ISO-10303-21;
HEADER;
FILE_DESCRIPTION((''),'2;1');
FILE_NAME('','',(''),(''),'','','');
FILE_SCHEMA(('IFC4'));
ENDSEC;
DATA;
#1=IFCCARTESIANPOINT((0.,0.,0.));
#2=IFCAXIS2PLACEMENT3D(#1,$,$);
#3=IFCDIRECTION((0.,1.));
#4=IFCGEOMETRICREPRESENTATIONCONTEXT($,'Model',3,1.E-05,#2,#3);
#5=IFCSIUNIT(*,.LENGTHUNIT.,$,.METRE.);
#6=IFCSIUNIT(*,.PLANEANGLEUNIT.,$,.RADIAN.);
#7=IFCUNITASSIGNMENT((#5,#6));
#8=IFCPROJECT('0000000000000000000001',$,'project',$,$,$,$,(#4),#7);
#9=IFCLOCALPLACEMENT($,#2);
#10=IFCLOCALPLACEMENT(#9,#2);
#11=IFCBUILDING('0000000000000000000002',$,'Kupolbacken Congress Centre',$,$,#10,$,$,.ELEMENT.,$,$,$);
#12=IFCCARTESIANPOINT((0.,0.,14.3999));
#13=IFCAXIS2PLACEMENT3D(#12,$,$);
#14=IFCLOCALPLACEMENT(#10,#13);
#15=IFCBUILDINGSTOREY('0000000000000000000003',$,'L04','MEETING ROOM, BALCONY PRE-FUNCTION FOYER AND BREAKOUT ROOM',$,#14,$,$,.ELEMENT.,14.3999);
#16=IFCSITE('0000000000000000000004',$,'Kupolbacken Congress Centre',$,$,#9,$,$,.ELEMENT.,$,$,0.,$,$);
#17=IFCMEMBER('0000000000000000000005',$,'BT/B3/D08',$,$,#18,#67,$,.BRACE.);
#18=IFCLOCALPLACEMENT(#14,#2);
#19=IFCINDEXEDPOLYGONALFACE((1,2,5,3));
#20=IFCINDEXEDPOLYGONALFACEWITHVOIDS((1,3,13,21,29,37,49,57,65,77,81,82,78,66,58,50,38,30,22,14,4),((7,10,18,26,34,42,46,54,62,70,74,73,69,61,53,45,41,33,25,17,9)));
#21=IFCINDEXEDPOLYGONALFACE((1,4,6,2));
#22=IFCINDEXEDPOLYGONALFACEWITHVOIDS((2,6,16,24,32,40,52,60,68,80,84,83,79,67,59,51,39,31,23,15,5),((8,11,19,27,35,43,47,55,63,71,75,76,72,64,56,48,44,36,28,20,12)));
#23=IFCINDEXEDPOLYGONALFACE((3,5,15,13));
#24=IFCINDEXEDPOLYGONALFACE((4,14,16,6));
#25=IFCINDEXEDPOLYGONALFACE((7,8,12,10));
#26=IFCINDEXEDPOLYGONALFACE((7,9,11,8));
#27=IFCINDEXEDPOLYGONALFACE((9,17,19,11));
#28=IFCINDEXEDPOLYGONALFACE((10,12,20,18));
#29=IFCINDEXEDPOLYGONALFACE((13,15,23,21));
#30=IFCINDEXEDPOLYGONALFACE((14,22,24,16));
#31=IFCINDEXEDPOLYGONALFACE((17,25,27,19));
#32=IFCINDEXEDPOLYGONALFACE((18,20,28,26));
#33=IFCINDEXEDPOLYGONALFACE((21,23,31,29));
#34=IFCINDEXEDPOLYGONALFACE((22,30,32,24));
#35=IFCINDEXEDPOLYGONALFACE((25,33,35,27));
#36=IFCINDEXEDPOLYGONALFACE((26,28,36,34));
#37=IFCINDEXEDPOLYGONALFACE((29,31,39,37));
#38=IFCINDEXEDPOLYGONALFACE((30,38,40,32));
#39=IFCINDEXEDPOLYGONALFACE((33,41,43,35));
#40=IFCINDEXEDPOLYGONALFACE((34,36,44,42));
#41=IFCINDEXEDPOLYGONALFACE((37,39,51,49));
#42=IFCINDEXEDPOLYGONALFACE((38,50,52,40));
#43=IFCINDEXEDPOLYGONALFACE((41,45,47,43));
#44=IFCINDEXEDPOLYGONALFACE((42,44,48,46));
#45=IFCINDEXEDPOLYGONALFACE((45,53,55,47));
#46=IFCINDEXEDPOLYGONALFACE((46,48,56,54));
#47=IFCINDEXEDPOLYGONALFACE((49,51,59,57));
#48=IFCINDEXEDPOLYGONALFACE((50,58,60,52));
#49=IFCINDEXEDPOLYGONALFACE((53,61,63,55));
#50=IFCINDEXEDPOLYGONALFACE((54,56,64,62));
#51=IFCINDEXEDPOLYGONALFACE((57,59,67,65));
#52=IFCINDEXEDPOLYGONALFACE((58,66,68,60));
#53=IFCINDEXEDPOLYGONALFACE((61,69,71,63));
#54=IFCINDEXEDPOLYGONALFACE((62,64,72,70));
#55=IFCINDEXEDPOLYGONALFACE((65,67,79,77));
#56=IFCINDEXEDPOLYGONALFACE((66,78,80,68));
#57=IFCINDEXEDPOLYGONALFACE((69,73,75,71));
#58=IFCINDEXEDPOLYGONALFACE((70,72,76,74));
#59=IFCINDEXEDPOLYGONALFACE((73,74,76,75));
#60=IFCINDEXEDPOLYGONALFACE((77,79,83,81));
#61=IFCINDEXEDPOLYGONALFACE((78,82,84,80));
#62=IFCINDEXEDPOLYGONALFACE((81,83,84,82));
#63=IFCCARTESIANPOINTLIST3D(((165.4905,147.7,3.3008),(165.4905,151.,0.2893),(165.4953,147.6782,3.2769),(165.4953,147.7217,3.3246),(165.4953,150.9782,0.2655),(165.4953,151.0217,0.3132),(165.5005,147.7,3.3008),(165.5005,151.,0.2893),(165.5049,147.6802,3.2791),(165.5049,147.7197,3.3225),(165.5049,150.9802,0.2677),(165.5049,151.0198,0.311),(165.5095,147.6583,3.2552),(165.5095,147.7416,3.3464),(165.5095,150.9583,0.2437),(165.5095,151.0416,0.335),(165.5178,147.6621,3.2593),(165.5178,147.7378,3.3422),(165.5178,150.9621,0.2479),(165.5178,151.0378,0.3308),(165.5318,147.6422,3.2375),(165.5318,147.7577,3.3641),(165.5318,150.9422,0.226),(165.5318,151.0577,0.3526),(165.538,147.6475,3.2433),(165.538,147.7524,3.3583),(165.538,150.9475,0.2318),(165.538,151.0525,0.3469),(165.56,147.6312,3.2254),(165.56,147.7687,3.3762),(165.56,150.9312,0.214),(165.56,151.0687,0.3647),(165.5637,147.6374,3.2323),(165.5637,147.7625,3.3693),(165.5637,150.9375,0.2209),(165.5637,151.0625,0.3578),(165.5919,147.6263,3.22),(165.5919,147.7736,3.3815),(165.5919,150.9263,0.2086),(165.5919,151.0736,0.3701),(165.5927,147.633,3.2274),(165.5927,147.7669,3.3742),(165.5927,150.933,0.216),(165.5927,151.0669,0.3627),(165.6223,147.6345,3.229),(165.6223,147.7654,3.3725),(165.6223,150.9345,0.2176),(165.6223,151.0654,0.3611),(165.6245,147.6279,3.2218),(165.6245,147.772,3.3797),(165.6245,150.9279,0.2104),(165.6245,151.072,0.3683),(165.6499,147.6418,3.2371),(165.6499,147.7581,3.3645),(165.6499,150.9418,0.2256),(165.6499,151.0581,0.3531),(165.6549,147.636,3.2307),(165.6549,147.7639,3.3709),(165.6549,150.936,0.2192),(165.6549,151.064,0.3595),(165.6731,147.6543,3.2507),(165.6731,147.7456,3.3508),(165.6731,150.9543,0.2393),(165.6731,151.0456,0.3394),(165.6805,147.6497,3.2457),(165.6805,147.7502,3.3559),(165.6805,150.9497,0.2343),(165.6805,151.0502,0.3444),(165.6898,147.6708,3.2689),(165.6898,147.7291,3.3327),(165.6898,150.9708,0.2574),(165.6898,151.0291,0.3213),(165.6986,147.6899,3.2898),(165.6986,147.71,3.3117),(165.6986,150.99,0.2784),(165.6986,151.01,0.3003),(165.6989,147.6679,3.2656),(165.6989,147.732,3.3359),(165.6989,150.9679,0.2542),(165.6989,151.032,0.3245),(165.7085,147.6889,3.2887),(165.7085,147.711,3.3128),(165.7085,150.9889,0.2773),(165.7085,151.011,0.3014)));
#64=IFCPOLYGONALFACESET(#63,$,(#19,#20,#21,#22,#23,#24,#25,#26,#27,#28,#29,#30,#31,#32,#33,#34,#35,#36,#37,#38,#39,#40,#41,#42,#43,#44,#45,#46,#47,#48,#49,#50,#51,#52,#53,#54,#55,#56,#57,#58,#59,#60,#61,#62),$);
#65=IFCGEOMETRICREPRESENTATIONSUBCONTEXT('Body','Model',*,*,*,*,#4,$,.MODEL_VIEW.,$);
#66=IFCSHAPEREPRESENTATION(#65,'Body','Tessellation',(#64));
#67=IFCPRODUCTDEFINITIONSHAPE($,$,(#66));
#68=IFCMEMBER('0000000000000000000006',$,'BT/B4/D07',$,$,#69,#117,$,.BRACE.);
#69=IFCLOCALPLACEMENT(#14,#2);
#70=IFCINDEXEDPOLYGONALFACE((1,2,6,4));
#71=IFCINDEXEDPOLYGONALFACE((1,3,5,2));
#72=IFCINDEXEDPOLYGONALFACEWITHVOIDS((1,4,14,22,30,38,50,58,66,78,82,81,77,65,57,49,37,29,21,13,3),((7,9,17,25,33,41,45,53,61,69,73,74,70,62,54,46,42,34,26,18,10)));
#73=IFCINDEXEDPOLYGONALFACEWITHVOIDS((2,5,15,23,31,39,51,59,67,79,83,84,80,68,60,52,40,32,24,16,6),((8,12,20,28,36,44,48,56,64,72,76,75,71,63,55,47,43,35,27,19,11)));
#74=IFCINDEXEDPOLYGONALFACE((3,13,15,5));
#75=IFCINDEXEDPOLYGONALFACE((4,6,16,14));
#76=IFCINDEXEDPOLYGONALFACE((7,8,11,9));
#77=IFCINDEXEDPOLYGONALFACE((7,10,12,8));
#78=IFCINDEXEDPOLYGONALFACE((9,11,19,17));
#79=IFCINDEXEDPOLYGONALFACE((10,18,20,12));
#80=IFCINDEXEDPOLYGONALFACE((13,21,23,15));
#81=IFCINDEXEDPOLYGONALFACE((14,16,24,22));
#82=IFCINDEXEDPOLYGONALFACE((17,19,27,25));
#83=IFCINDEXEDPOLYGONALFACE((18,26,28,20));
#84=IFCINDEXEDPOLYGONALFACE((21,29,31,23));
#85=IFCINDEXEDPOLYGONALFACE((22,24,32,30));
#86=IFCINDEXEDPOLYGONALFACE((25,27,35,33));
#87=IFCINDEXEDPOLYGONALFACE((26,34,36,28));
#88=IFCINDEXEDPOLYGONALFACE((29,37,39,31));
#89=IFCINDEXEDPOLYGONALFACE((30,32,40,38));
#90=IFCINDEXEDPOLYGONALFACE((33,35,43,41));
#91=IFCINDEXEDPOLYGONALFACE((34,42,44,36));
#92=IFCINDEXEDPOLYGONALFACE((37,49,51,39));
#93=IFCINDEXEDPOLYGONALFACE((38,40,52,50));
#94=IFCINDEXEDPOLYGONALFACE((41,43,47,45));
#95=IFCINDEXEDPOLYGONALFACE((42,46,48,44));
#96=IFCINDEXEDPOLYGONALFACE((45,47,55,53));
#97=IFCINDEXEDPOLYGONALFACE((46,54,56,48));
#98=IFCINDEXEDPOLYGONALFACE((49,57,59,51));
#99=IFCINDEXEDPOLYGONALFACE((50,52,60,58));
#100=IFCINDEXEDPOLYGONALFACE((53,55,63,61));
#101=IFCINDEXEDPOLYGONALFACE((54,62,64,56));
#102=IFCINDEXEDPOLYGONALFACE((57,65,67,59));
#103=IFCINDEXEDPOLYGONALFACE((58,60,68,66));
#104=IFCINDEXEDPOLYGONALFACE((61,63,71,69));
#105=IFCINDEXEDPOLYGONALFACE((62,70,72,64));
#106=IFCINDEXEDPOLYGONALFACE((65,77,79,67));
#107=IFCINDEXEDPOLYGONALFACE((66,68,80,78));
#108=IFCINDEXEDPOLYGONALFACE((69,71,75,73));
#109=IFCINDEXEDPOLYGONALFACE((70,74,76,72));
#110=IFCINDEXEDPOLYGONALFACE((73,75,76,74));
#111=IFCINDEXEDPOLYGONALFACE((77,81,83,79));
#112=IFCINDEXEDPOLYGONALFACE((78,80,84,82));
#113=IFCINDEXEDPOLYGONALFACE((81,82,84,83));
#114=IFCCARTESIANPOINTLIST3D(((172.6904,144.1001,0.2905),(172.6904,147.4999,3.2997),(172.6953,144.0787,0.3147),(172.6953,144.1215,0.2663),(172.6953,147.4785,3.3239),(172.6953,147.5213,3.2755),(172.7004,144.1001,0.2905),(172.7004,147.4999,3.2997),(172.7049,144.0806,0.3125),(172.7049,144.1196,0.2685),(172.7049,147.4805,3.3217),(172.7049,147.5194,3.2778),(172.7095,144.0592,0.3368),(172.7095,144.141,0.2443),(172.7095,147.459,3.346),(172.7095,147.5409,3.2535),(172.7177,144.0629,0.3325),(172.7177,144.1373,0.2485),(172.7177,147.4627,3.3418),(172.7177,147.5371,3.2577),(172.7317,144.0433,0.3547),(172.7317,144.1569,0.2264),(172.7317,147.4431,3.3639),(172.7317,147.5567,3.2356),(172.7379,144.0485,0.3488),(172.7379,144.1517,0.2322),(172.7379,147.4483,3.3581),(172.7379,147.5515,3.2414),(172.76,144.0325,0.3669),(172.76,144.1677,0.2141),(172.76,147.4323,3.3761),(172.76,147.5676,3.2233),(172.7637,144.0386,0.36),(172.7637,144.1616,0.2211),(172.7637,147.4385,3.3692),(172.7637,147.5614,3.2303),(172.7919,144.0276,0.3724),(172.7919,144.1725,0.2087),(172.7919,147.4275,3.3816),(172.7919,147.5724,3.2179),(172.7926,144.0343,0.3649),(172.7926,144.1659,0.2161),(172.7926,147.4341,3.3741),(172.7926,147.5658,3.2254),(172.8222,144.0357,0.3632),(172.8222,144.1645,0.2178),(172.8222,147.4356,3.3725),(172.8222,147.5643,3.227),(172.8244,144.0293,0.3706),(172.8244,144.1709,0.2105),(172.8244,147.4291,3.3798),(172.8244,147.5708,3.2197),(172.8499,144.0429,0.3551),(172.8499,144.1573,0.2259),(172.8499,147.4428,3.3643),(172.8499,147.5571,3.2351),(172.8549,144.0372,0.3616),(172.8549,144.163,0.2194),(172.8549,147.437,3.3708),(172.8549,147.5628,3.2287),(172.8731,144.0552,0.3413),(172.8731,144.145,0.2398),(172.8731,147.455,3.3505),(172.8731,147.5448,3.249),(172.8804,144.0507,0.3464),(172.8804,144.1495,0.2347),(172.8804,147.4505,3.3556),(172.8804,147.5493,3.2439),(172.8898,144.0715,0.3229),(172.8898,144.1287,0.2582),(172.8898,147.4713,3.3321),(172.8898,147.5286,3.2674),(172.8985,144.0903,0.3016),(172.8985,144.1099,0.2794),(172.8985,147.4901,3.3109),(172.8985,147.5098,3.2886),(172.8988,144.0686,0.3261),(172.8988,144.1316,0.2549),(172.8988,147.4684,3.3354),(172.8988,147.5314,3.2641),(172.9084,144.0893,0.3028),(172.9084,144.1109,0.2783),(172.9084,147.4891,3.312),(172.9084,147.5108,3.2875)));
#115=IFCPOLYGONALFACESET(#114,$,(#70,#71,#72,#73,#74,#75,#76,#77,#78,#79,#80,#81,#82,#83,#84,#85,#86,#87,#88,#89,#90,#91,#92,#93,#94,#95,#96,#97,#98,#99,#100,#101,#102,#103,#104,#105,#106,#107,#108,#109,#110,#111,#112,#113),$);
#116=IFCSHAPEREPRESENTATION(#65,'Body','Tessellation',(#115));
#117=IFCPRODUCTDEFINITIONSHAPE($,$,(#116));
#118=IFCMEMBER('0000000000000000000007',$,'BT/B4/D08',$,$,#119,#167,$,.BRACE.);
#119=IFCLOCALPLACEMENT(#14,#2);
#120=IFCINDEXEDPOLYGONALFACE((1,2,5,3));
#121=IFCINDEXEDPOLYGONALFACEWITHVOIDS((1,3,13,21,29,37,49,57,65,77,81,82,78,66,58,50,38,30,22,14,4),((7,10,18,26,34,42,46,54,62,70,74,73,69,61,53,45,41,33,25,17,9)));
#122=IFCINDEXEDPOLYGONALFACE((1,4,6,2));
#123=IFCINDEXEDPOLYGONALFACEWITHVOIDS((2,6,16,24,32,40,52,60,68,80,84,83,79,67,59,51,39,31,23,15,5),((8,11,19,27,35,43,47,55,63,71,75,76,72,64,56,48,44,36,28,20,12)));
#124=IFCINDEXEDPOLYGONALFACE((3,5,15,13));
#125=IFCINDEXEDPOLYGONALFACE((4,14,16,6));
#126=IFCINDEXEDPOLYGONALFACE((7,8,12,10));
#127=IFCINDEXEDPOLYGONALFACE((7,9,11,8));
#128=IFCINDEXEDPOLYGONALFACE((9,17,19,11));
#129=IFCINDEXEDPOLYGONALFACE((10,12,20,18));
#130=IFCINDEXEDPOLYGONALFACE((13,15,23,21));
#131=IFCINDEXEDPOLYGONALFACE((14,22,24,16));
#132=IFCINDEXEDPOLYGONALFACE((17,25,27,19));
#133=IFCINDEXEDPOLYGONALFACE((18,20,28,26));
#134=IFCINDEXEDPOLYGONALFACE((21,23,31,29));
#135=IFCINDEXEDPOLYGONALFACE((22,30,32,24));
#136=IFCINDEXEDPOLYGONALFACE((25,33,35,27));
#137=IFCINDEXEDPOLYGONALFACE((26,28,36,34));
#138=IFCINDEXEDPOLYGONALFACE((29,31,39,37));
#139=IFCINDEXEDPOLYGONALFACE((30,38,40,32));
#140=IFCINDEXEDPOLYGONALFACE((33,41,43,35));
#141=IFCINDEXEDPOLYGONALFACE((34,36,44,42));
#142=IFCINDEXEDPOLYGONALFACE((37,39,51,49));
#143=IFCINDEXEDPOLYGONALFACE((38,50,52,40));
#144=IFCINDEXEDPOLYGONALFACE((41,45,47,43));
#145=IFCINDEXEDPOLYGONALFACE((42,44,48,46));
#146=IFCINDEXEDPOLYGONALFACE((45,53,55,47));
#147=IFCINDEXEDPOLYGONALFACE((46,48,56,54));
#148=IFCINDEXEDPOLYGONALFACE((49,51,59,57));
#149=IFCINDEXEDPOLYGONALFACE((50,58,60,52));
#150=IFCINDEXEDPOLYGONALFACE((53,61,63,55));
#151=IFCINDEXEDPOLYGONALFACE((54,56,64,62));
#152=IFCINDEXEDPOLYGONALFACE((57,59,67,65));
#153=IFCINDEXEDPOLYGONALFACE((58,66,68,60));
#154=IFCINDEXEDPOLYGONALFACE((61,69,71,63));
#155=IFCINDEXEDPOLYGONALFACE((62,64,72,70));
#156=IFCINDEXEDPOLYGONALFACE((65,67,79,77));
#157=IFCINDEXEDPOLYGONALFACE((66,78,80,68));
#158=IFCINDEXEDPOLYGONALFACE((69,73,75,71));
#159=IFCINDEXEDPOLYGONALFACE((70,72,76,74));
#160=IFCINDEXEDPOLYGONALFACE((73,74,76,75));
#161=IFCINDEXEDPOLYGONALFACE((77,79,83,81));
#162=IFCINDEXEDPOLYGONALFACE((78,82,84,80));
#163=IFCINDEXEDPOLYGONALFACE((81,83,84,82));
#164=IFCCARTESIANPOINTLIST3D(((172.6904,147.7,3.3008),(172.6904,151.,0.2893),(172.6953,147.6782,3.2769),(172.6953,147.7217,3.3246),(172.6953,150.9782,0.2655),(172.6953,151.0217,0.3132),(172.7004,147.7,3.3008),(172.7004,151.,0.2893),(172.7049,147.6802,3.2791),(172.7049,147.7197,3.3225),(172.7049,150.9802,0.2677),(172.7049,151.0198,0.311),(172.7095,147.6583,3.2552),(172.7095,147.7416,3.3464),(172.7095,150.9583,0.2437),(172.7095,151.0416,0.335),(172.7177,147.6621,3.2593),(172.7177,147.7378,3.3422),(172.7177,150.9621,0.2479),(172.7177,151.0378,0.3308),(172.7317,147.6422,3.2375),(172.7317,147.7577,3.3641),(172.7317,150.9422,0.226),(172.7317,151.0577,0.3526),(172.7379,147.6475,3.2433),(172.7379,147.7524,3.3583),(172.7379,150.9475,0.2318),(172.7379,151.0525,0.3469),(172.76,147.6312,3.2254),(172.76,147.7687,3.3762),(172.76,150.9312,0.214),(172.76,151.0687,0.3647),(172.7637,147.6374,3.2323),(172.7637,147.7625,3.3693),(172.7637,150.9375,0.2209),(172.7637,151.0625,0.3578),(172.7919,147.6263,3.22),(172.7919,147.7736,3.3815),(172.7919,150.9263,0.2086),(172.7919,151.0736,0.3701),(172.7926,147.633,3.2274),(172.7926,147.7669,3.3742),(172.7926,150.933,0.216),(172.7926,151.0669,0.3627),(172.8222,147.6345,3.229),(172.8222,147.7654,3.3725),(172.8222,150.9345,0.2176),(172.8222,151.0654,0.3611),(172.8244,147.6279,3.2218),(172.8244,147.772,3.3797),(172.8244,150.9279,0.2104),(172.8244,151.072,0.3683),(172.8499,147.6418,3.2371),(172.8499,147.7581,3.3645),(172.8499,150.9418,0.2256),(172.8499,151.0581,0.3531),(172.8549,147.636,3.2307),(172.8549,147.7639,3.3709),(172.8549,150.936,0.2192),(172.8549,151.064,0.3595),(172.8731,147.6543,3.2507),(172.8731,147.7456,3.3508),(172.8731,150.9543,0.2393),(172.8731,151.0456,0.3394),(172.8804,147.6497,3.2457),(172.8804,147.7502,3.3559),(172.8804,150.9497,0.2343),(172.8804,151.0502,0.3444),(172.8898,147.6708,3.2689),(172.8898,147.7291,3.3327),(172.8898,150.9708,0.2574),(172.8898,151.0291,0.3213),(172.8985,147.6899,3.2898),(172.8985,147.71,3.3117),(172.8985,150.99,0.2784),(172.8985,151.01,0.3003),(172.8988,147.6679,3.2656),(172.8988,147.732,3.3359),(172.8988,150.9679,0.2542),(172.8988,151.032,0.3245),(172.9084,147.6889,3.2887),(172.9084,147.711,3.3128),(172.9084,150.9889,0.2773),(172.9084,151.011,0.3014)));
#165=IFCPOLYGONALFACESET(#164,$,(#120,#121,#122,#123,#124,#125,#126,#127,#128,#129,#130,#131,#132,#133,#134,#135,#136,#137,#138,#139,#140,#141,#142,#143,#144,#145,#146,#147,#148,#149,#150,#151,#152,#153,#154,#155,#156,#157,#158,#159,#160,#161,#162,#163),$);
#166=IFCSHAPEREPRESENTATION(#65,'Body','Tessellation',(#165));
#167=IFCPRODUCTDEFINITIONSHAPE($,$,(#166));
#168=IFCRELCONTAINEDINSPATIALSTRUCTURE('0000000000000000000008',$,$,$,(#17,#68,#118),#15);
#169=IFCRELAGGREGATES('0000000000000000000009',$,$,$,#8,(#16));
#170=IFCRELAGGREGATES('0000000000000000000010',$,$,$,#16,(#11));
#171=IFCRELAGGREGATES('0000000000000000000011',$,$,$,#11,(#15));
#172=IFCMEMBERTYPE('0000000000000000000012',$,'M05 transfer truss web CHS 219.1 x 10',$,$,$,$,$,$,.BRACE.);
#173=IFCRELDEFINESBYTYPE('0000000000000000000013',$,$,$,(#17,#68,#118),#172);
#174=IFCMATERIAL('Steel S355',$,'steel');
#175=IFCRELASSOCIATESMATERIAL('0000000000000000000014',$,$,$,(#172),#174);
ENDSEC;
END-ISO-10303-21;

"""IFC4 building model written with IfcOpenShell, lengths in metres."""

from ifc_helpers import new_model, si_unit, direction, frame, origin, origin_2d, place, context, subcontext, project, spatial, hollow_circle, extrude, material, material_profile, profile_set, type_object, element, save


model = new_model("IFC4")

# Units and contexts
model_context = context("Model", 3, precision=1e-05, world=origin(), true_north=direction((0.0, 1.0)))
body_context = subcontext(model_context, "Body", "Model", "MODEL_VIEW")
ifc_project = project(units=[si_unit("LENGTHUNIT", "METRE"), si_unit("PLANEANGLEUNIT", "RADIAN")], contexts=[model_context])

# Site, building, storey
site_placement = place(None, origin())
site = spatial("IfcSite", under=ifc_project, at=site_placement, Name="Kupolbacken Congress Centre", CompositionType="ELEMENT", RefElevation=0.0)
building_placement = place(site_placement, origin())
building = spatial("IfcBuilding", under=site, at=building_placement, Name="Kupolbacken Congress Centre", CompositionType="ELEMENT")
storey_placement = place(building_placement, frame((0.0, 0.0, 14.3999)))
storey = spatial("IfcBuildingStorey", under=building, at=storey_placement, Name="L04", Description="MEETING ROOM, BALCONY PRE-FUNCTION FOYER AND BREAKOUT ROOM", CompositionType="ELEMENT", Elevation=14.3999)

# Members
ifc_material_1 = material(Name="Steel S355", Category="steel")
ifc_material_profile_1 = material_profile(ifc_material_1, hollow_circle(Radius=0.1096, WallThickness=0.01, at=origin_2d()), Name="CHS 219.1 x 10")
ifc_profile_set_1 = profile_set([ifc_material_profile_1], Name="Steel S355")
member_type_1 = type_object("IfcMemberType", Name="M05 transfer truss web CHS 219.1 x 10", PredefinedType="BRACE", material=ifc_profile_set_1)
member_1_placement = place(storey_placement, frame((165.6001, 147.7, 3.3008), z_axis=(0.0, 0.738665, -0.674072), x_axis=(-1.0, 0.0, 0.0)))
element("IfcMember", 1, at=member_1_placement, inside=storey, type_object=member_type_1, Name="BT/B3/D08", PredefinedType="BRACE", context=body_context, shape_type="SweptSolid", body=[
    extrude(hollow_circle(Radius=0.1096, WallThickness=0.01, at=origin_2d()), origin(), (0.0, 0.0, 1.0), 4.4675),
])
member_2_placement = place(storey_placement, frame((172.8, 144.1001, 0.2905), z_axis=(0.0, 0.748814, 0.66278), x_axis=(-1.0, 0.0, 0.0)))
element("IfcMember", 2, at=member_2_placement, inside=storey, type_object=member_type_1, Name="BT/B4/D07", PredefinedType="BRACE", context=body_context, shape_type="SweptSolid", body=[
    extrude(hollow_circle(Radius=0.1096, WallThickness=0.01, at=origin_2d()), origin(), (0.0, 0.0, 1.0), 4.5403),
])
member_3_placement = place(storey_placement, frame((172.8, 147.7, 3.3008), z_axis=(0.0, 0.738665, -0.674072), x_axis=(-1.0, 0.0, 0.0)))
element("IfcMember", 3, at=member_3_placement, inside=storey, type_object=member_type_1, Name="BT/B4/D08", PredefinedType="BRACE", context=body_context, shape_type="SweptSolid", body=[
    extrude(hollow_circle(Radius=0.1096, WallThickness=0.01, at=origin_2d()), origin(), (0.0, 0.0, 1.0), 4.4675),
])

save(model, "model.ifc")
